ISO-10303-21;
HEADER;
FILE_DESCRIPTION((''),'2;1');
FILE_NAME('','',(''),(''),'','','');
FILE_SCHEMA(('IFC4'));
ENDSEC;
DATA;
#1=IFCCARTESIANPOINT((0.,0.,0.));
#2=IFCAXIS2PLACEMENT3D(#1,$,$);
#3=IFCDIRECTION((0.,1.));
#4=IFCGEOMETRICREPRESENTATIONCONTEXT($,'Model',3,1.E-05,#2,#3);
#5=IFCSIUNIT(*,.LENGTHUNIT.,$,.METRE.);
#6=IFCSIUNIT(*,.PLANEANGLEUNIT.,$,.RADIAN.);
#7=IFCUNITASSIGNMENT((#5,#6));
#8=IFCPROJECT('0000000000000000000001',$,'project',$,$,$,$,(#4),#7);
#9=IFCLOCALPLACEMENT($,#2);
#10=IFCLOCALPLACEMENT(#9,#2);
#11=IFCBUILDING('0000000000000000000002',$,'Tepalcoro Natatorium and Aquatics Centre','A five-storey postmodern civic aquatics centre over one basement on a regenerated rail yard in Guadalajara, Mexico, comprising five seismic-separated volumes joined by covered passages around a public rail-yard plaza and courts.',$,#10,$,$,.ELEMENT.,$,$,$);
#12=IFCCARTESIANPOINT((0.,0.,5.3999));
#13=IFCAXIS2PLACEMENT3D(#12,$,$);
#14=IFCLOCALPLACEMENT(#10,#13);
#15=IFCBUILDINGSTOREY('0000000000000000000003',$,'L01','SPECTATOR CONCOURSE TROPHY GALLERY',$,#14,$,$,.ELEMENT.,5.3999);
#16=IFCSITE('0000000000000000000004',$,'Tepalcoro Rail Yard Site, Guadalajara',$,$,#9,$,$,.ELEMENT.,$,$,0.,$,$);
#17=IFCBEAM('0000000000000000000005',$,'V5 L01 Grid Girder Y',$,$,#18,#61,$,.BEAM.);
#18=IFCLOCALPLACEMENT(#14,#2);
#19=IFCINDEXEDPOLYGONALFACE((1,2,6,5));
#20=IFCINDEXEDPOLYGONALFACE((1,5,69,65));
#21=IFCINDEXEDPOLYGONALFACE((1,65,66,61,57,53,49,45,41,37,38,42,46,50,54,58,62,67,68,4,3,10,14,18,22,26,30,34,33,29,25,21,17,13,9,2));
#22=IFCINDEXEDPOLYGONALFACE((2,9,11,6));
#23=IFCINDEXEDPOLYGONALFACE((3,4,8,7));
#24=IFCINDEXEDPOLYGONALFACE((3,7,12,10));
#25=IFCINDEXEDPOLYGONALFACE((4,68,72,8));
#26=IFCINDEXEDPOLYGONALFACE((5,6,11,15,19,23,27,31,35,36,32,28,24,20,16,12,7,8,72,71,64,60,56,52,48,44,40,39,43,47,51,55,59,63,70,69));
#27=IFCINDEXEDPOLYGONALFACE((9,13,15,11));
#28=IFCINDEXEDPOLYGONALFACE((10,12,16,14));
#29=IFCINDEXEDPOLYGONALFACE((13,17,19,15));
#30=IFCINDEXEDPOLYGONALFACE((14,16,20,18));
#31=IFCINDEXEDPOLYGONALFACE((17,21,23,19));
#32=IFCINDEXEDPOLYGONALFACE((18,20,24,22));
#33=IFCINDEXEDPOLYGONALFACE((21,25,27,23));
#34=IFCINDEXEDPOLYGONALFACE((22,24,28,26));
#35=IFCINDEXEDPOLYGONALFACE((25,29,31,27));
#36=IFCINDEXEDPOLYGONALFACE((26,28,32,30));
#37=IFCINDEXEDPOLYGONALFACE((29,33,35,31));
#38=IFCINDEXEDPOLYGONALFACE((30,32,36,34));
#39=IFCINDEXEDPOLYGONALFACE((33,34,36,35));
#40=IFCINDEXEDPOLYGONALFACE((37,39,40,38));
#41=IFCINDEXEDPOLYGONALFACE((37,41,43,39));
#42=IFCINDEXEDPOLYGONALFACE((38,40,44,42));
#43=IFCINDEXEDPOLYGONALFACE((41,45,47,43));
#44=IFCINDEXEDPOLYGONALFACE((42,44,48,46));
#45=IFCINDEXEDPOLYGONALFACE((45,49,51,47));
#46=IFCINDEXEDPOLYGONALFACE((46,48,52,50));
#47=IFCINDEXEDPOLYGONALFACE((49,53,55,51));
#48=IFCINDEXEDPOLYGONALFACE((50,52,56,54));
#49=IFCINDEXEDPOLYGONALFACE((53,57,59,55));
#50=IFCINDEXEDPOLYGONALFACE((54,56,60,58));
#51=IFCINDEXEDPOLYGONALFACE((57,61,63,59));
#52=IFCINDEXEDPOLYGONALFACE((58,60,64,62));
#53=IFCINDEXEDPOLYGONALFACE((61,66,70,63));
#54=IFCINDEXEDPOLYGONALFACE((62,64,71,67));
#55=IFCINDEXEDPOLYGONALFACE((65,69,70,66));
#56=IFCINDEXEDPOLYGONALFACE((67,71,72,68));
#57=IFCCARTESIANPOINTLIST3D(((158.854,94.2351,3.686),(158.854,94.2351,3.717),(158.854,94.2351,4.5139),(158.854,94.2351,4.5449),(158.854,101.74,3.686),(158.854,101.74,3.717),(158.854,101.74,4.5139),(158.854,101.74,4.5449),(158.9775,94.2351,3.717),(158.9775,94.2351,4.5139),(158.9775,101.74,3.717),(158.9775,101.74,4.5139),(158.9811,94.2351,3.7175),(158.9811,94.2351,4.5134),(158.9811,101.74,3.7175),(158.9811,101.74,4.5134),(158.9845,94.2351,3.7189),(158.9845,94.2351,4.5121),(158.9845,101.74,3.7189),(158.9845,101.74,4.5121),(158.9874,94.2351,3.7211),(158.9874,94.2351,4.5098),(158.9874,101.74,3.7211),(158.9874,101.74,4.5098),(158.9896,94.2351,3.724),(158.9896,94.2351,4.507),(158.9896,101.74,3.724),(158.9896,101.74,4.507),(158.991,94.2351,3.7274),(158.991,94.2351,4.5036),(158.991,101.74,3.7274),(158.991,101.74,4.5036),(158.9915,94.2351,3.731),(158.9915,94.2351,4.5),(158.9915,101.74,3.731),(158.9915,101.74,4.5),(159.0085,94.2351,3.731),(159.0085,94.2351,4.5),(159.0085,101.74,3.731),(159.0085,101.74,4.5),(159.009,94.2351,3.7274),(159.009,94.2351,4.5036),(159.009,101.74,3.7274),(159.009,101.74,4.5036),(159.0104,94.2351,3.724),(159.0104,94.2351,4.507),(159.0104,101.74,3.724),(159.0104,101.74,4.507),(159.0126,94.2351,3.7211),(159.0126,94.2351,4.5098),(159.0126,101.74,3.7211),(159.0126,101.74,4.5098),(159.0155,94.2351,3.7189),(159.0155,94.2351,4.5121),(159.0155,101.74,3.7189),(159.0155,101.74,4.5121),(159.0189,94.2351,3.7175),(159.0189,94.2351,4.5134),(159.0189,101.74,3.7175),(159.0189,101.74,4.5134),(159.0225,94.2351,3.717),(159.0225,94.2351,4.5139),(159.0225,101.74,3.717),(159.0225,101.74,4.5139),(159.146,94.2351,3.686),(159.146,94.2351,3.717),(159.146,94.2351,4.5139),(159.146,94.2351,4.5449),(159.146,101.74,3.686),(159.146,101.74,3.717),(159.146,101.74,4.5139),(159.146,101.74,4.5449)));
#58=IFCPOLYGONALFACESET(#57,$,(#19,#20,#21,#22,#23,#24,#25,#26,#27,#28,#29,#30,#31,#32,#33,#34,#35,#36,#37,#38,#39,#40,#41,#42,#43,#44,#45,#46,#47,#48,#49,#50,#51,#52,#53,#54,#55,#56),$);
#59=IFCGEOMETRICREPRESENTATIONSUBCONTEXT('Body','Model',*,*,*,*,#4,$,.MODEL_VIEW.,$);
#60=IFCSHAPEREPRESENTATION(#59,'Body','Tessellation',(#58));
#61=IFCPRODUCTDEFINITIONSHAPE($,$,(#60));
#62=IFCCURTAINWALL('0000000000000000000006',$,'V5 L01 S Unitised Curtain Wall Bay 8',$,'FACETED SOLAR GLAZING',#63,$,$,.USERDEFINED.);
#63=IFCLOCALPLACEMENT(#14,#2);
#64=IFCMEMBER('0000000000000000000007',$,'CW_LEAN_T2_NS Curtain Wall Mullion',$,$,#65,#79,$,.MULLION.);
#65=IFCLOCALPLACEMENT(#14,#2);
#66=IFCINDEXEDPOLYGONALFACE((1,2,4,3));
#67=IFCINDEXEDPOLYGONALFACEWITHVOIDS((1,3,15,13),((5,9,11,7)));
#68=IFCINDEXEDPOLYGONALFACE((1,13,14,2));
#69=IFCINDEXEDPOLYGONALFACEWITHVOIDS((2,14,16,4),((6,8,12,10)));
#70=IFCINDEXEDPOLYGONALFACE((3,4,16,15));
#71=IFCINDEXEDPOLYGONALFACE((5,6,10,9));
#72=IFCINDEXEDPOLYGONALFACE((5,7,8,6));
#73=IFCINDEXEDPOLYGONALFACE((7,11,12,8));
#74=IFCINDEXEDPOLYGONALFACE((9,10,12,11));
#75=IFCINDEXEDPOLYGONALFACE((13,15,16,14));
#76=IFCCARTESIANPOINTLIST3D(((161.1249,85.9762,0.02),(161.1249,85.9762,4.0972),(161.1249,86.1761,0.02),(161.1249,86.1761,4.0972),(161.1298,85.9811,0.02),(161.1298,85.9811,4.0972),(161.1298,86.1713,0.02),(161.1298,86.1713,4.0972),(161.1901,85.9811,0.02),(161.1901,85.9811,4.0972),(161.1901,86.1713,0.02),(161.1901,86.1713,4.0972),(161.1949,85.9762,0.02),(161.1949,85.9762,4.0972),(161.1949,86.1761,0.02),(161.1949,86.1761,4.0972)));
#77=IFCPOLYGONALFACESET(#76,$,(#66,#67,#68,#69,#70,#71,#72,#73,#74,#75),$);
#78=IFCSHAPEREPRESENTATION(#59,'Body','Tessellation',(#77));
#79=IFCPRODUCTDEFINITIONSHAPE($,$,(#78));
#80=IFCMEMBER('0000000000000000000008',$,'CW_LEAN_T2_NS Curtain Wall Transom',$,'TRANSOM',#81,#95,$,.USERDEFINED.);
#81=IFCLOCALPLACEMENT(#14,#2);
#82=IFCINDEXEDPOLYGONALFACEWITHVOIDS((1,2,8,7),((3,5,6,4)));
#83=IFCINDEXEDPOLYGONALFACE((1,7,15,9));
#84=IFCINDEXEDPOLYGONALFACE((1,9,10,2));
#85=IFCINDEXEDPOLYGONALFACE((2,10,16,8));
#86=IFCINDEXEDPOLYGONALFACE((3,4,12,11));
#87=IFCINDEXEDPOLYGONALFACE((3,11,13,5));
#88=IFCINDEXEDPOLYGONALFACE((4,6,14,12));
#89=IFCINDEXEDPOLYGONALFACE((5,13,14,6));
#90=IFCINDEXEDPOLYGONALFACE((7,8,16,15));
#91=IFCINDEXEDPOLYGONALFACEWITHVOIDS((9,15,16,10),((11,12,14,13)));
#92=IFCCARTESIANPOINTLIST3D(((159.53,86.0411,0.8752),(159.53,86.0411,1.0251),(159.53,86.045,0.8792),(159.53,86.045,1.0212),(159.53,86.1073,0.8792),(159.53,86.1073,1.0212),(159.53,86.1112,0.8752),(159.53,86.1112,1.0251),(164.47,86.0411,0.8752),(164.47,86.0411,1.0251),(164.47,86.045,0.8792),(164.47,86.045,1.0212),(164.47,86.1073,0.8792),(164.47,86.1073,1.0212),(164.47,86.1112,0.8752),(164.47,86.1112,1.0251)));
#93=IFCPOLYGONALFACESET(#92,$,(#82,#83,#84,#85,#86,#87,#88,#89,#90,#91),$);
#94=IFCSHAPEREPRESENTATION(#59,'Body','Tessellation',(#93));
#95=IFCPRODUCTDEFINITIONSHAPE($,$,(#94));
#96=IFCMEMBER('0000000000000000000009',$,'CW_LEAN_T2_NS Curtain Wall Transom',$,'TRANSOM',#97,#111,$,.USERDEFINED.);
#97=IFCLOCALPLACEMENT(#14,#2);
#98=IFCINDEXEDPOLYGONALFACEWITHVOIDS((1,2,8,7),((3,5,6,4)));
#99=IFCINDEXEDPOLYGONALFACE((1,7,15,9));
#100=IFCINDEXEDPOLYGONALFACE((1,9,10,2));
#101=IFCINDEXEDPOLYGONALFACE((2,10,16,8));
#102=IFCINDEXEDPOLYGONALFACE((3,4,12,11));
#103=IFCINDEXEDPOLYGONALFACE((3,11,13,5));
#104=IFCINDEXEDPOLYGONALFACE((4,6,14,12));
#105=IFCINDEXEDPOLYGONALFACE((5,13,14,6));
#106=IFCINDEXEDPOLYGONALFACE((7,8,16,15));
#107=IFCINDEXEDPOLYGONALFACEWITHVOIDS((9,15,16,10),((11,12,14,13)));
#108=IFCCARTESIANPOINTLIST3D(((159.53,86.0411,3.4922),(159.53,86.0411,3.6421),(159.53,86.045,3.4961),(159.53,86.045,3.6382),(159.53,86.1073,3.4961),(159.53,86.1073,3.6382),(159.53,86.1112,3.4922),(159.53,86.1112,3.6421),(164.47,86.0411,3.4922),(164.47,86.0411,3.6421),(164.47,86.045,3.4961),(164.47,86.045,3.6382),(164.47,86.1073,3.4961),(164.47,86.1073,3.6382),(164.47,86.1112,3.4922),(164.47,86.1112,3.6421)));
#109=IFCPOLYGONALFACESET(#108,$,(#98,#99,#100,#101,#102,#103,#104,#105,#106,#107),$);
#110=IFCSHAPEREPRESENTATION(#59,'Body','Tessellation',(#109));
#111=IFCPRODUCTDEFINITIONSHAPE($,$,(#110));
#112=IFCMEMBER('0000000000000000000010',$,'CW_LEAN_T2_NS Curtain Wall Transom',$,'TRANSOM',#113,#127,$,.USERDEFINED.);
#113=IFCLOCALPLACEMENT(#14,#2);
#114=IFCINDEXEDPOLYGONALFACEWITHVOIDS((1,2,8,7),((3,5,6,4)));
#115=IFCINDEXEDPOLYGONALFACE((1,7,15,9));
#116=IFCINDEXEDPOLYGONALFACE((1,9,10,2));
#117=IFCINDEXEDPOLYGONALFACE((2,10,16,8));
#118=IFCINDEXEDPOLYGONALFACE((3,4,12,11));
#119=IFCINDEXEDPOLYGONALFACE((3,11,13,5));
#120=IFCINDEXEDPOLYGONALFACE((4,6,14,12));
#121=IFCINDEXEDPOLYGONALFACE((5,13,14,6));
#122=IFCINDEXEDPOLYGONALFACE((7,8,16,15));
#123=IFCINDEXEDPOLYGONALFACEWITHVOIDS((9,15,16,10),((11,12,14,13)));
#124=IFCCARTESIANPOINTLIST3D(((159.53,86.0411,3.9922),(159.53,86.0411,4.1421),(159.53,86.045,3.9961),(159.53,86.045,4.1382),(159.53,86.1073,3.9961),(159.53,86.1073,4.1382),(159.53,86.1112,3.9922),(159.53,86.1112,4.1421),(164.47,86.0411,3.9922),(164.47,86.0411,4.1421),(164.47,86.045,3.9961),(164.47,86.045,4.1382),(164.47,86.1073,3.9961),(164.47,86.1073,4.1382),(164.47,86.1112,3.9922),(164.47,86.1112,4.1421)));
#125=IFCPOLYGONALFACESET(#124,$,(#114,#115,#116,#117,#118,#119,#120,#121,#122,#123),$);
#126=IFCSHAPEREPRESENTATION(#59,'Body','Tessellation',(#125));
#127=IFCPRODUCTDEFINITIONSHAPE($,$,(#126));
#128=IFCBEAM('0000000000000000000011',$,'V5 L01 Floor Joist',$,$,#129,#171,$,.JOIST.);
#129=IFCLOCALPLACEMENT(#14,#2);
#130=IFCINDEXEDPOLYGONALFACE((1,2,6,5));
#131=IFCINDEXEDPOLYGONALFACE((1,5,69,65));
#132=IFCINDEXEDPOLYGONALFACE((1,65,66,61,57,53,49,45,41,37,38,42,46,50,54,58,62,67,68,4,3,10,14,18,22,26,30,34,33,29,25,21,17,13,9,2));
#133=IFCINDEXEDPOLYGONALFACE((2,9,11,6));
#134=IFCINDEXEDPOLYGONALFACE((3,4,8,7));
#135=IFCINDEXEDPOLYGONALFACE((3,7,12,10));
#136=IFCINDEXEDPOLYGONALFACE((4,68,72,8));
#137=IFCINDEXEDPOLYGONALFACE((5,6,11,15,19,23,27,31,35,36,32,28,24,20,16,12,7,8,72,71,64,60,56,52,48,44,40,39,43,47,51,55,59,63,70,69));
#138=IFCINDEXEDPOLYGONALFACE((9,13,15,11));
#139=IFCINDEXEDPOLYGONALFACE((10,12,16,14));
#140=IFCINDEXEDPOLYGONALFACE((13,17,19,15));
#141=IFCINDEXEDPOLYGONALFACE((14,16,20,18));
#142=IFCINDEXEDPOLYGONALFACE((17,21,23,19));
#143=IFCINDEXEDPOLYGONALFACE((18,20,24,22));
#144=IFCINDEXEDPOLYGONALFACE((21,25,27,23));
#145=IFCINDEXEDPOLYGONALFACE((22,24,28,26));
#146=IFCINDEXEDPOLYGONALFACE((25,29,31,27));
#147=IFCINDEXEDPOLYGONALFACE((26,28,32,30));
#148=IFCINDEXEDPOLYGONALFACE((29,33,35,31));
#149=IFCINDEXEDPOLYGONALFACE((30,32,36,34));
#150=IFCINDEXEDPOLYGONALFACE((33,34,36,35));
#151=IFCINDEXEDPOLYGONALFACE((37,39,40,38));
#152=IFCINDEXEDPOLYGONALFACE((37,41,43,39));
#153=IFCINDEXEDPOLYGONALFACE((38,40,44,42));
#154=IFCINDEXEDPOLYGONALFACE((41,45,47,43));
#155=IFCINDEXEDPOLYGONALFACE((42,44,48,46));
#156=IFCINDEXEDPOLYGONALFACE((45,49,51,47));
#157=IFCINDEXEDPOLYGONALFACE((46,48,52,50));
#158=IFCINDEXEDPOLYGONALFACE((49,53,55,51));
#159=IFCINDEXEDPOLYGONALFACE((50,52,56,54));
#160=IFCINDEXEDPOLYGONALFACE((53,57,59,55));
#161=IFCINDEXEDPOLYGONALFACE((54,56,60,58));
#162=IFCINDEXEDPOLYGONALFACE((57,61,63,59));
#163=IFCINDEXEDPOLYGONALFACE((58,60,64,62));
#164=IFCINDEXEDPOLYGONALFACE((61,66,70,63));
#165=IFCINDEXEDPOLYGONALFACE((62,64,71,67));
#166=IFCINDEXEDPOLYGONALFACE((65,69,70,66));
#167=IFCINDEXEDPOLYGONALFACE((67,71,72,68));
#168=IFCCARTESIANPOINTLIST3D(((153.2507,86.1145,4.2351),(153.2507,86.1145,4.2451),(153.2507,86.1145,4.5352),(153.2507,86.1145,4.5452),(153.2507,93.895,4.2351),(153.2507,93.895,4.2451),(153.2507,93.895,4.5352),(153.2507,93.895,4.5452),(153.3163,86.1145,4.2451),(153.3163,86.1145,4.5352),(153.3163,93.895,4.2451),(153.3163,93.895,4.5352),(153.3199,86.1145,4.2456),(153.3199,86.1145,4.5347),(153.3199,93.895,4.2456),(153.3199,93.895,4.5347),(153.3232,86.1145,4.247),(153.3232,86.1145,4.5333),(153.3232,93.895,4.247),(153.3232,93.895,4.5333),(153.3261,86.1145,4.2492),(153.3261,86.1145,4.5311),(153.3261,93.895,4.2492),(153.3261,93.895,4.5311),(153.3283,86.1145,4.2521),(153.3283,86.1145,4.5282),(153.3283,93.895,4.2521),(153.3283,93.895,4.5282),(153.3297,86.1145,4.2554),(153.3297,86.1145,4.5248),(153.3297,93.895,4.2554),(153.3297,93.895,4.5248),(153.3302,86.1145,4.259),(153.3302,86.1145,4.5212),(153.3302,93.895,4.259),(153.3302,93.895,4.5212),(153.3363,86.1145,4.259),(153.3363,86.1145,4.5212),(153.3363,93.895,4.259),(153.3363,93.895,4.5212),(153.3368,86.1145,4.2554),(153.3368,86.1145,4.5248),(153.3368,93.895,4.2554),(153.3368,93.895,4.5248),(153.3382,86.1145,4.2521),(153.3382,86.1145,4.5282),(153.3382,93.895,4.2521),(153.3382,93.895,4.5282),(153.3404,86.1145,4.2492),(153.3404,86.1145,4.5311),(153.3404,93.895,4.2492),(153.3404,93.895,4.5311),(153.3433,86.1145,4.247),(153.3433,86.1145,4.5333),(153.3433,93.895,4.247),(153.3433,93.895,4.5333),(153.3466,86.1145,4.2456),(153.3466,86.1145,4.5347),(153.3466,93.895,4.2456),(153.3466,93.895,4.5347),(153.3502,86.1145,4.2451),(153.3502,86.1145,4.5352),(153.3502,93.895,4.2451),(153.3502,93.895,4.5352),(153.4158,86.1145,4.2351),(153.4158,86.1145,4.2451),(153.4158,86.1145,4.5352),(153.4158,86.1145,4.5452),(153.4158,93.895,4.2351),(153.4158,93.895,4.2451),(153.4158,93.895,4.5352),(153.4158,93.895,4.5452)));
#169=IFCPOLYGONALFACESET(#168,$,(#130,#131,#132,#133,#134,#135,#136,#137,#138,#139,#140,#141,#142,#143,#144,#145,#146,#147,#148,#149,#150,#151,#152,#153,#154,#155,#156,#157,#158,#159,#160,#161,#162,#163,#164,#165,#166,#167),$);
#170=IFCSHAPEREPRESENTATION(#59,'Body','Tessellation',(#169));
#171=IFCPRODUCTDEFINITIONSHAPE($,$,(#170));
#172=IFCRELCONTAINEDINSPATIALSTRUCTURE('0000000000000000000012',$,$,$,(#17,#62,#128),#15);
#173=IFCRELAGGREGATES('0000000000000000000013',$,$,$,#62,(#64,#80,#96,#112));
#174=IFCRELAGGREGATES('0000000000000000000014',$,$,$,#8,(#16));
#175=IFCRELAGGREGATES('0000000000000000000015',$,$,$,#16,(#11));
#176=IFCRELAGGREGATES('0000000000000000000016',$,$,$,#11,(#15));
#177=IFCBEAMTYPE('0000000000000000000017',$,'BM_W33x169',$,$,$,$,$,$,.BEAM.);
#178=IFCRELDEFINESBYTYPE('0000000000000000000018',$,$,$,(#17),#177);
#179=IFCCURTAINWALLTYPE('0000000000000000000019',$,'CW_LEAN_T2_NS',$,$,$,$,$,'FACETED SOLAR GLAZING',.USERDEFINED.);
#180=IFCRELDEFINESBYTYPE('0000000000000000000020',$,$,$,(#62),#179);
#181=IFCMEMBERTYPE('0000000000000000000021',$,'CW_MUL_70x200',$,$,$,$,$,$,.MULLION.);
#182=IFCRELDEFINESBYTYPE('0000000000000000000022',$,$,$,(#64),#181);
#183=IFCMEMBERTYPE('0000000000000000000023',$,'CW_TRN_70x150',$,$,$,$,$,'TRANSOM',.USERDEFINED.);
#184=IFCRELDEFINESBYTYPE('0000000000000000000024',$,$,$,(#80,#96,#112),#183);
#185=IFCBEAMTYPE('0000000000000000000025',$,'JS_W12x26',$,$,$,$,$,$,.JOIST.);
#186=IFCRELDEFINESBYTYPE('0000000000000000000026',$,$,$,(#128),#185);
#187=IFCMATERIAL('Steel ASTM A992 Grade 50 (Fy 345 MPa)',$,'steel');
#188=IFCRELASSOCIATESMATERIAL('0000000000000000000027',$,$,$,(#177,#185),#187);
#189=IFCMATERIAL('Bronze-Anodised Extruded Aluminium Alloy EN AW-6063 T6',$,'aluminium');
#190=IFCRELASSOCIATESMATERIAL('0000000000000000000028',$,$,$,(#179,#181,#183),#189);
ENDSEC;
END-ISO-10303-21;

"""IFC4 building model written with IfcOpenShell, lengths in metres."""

from ifc_helpers import new_model, si_unit, direction, frame, origin, origin_2d, place, context, subcontext, project, spatial, hollow_rectangle, i_section, extrude, material, material_profile, profile_set, type_object, element, aggregate, save


model = new_model("IFC4")

# Units and contexts
model_context = context("Model", 3, precision=1e-05, world=origin(), true_north=direction((0.0, 1.0)))
body_context = subcontext(model_context, "Body", "Model", "MODEL_VIEW")
ifc_project = project(units=[si_unit("LENGTHUNIT", "METRE"), si_unit("PLANEANGLEUNIT", "RADIAN")], contexts=[model_context])

# Site, building, storey
site_placement = place(None, origin())
site = spatial("IfcSite", under=ifc_project, at=site_placement, Name="Tepalcoro Rail Yard Site, Guadalajara", CompositionType="ELEMENT", RefElevation=0.0)
building_placement = place(site_placement, origin())
building = spatial("IfcBuilding", under=site, at=building_placement, Name="Tepalcoro Natatorium and Aquatics Centre", Description="A five-storey postmodern civic aquatics centre over one basement on a regenerated rail yard in Guadalajara, Mexico, comprising five seismic-separated volumes joined by covered passages around a public rail-yard plaza and courts.", CompositionType="ELEMENT")
storey_placement = place(building_placement, frame((0.0, 0.0, 5.3999)))
storey = spatial("IfcBuildingStorey", under=building, at=storey_placement, Name="L01", Description="SPECTATOR CONCOURSE TROPHY GALLERY", CompositionType="ELEMENT", Elevation=5.3999)

# Beam
ifc_material_1 = material(Name="Steel ASTM A992 Grade 50 (Fy 345 MPa)", Category="steel")
ifc_material_profile_1 = material_profile(ifc_material_1, i_section(OverallWidth=0.292, OverallDepth=0.8589, WebThickness=0.0171, FlangeThickness=0.031, FilletRadius=0.0139, at=origin_2d()), Name="W33X169")
ifc_profile_set_1 = profile_set([ifc_material_profile_1], Name="Steel ASTM A992 Grade 50 (Fy 345 MPa)")
beam_type_1 = type_object("IfcBeamType", Name="BM_W33x169", PredefinedType="BEAM", material=ifc_profile_set_1)
beam_1_placement = place(storey_placement, frame((159.0, 94.2351, 4.1155), z_axis=(0.0, 1.0, 0.0), x_axis=(-1.0, 0.0, 0.0)))
element("IfcBeam", 1, at=beam_1_placement, inside=storey, type_object=beam_type_1, Name="V5 L01 Grid Girder Y", PredefinedType="BEAM", context=body_context, shape_type="SweptSolid", body=[
    extrude(i_section(OverallWidth=0.292, OverallDepth=0.8589, WebThickness=0.0171, FlangeThickness=0.031, FilletRadius=0.0139, at=origin_2d()), origin(), (0.0, 0.0, 1.0), 7.5049),
])

# Curtain wall, members
ifc_material_2 = material(Name="Bronze-Anodised Extruded Aluminium Alloy EN AW-6063 T6", Category="aluminium")
curtain_wall_type = type_object("IfcCurtainWallType", Name="CW_LEAN_T2_NS", ElementType="FACETED SOLAR GLAZING", PredefinedType="USERDEFINED", material=ifc_material_2)
curtain_wall_placement = place(storey_placement, origin())
curtain_wall = element("IfcCurtainWall", 2, at=curtain_wall_placement, inside=storey, type_object=curtain_wall_type, Name="V5 L01 S Unitised Curtain Wall Bay 8", ObjectType="FACETED SOLAR GLAZING", PredefinedType="USERDEFINED")
ifc_material_profile_2 = material_profile(ifc_material_2, hollow_rectangle(XDim=0.0701, YDim=0.2, WallThickness=0.0049, at=origin_2d()), Name="AL70X200X5")
ifc_profile_set_2 = profile_set([ifc_material_profile_2], Name="Bronze-Anodised Extruded Aluminium Alloy EN AW-6063 T6")
member_type_1 = type_object("IfcMemberType", Name="CW_MUL_70x200", PredefinedType="MULLION", material=ifc_profile_set_2)
member_1_placement = place(storey_placement, frame((161.1599, 86.0762, 0.02), z_axis=(0.0, 0.0, 1.0), x_axis=(1.0, 0.0, 0.0)))
member_1 = element("IfcMember", 3, at=member_1_placement, type_object=member_type_1, Name="CW_LEAN_T2_NS Curtain Wall Mullion", PredefinedType="MULLION", context=body_context, shape_type="SweptSolid", body=[
    extrude(hollow_rectangle(XDim=0.0701, YDim=0.2, WallThickness=0.0049, at=origin_2d()), origin(), (0.0, 0.0, 1.0), 4.0771),
])
ifc_material_profile_3 = material_profile(ifc_material_2, hollow_rectangle(XDim=0.0701, YDim=0.1499, WallThickness=0.0039, at=origin_2d()), Name="AL70X150X4")
ifc_profile_set_3 = profile_set([ifc_material_profile_3], Name="Bronze-Anodised Extruded Aluminium Alloy EN AW-6063 T6")
member_type_2 = type_object("IfcMemberType", Name="CW_TRN_70x150", ElementType="TRANSOM", PredefinedType="USERDEFINED", material=ifc_profile_set_3)
member_2_placement = place(storey_placement, frame((159.53, 86.0762, 0.9502), z_axis=(1.0, 0.0, 0.0), x_axis=(0.0, 1.0, 0.0)))
member_2 = element("IfcMember", 4, at=member_2_placement, type_object=member_type_2, Name="CW_LEAN_T2_NS Curtain Wall Transom", ObjectType="TRANSOM", PredefinedType="USERDEFINED", context=body_context, shape_type="SweptSolid", body=[
    extrude(hollow_rectangle(XDim=0.0701, YDim=0.1499, WallThickness=0.0039, at=origin_2d()), origin(), (0.0, 0.0, 1.0), 4.9399),
])
member_3_placement = place(storey_placement, frame((159.53, 86.0762, 3.5671), z_axis=(1.0, 0.0, 0.0), x_axis=(0.0, 1.0, 0.0)))
member_3 = element("IfcMember", 5, at=member_3_placement, type_object=member_type_2, Name="CW_LEAN_T2_NS Curtain Wall Transom", ObjectType="TRANSOM", PredefinedType="USERDEFINED", context=body_context, shape_type="SweptSolid", body=[
    extrude(hollow_rectangle(XDim=0.0701, YDim=0.1499, WallThickness=0.0039, at=origin_2d()), origin(), (0.0, 0.0, 1.0), 4.9399),
])
member_4_placement = place(storey_placement, frame((159.53, 86.0762, 4.0671), z_axis=(1.0, 0.0, 0.0), x_axis=(0.0, 1.0, 0.0)))
member_4 = element("IfcMember", 6, at=member_4_placement, type_object=member_type_2, Name="CW_LEAN_T2_NS Curtain Wall Transom", ObjectType="TRANSOM", PredefinedType="USERDEFINED", context=body_context, shape_type="SweptSolid", body=[
    extrude(hollow_rectangle(XDim=0.0701, YDim=0.1499, WallThickness=0.0039, at=origin_2d()), origin(), (0.0, 0.0, 1.0), 4.9399),
])

# Beam
ifc_material_profile_4 = material_profile(ifc_material_1, i_section(OverallWidth=0.165, OverallDepth=0.3101, WebThickness=0.0061, FlangeThickness=0.01, FilletRadius=0.0139, at=origin_2d()), Name="W12X26")
ifc_profile_set_4 = profile_set([ifc_material_profile_4], Name="Steel ASTM A992 Grade 50 (Fy 345 MPa)")
beam_type_2 = type_object("IfcBeamType", Name="JS_W12x26", PredefinedType="JOIST", material=ifc_profile_set_4)
beam_2_placement = place(storey_placement, frame((153.3333, 86.1145, 4.3901), z_axis=(0.0, 1.0, 0.0), x_axis=(-1.0, 0.0, 0.0)))
element("IfcBeam", 7, at=beam_2_placement, inside=storey, type_object=beam_type_2, Name="V5 L01 Floor Joist", PredefinedType="JOIST", context=body_context, shape_type="SweptSolid", body=[
    extrude(i_section(OverallWidth=0.165, OverallDepth=0.3101, WebThickness=0.0061, FlangeThickness=0.01, FilletRadius=0.0139, at=origin_2d()), origin(), (0.0, 0.0, 1.0), 7.7805),
])

aggregate(curtain_wall, [member_1, member_2, member_3, member_4])

save(model, "model.ifc")
